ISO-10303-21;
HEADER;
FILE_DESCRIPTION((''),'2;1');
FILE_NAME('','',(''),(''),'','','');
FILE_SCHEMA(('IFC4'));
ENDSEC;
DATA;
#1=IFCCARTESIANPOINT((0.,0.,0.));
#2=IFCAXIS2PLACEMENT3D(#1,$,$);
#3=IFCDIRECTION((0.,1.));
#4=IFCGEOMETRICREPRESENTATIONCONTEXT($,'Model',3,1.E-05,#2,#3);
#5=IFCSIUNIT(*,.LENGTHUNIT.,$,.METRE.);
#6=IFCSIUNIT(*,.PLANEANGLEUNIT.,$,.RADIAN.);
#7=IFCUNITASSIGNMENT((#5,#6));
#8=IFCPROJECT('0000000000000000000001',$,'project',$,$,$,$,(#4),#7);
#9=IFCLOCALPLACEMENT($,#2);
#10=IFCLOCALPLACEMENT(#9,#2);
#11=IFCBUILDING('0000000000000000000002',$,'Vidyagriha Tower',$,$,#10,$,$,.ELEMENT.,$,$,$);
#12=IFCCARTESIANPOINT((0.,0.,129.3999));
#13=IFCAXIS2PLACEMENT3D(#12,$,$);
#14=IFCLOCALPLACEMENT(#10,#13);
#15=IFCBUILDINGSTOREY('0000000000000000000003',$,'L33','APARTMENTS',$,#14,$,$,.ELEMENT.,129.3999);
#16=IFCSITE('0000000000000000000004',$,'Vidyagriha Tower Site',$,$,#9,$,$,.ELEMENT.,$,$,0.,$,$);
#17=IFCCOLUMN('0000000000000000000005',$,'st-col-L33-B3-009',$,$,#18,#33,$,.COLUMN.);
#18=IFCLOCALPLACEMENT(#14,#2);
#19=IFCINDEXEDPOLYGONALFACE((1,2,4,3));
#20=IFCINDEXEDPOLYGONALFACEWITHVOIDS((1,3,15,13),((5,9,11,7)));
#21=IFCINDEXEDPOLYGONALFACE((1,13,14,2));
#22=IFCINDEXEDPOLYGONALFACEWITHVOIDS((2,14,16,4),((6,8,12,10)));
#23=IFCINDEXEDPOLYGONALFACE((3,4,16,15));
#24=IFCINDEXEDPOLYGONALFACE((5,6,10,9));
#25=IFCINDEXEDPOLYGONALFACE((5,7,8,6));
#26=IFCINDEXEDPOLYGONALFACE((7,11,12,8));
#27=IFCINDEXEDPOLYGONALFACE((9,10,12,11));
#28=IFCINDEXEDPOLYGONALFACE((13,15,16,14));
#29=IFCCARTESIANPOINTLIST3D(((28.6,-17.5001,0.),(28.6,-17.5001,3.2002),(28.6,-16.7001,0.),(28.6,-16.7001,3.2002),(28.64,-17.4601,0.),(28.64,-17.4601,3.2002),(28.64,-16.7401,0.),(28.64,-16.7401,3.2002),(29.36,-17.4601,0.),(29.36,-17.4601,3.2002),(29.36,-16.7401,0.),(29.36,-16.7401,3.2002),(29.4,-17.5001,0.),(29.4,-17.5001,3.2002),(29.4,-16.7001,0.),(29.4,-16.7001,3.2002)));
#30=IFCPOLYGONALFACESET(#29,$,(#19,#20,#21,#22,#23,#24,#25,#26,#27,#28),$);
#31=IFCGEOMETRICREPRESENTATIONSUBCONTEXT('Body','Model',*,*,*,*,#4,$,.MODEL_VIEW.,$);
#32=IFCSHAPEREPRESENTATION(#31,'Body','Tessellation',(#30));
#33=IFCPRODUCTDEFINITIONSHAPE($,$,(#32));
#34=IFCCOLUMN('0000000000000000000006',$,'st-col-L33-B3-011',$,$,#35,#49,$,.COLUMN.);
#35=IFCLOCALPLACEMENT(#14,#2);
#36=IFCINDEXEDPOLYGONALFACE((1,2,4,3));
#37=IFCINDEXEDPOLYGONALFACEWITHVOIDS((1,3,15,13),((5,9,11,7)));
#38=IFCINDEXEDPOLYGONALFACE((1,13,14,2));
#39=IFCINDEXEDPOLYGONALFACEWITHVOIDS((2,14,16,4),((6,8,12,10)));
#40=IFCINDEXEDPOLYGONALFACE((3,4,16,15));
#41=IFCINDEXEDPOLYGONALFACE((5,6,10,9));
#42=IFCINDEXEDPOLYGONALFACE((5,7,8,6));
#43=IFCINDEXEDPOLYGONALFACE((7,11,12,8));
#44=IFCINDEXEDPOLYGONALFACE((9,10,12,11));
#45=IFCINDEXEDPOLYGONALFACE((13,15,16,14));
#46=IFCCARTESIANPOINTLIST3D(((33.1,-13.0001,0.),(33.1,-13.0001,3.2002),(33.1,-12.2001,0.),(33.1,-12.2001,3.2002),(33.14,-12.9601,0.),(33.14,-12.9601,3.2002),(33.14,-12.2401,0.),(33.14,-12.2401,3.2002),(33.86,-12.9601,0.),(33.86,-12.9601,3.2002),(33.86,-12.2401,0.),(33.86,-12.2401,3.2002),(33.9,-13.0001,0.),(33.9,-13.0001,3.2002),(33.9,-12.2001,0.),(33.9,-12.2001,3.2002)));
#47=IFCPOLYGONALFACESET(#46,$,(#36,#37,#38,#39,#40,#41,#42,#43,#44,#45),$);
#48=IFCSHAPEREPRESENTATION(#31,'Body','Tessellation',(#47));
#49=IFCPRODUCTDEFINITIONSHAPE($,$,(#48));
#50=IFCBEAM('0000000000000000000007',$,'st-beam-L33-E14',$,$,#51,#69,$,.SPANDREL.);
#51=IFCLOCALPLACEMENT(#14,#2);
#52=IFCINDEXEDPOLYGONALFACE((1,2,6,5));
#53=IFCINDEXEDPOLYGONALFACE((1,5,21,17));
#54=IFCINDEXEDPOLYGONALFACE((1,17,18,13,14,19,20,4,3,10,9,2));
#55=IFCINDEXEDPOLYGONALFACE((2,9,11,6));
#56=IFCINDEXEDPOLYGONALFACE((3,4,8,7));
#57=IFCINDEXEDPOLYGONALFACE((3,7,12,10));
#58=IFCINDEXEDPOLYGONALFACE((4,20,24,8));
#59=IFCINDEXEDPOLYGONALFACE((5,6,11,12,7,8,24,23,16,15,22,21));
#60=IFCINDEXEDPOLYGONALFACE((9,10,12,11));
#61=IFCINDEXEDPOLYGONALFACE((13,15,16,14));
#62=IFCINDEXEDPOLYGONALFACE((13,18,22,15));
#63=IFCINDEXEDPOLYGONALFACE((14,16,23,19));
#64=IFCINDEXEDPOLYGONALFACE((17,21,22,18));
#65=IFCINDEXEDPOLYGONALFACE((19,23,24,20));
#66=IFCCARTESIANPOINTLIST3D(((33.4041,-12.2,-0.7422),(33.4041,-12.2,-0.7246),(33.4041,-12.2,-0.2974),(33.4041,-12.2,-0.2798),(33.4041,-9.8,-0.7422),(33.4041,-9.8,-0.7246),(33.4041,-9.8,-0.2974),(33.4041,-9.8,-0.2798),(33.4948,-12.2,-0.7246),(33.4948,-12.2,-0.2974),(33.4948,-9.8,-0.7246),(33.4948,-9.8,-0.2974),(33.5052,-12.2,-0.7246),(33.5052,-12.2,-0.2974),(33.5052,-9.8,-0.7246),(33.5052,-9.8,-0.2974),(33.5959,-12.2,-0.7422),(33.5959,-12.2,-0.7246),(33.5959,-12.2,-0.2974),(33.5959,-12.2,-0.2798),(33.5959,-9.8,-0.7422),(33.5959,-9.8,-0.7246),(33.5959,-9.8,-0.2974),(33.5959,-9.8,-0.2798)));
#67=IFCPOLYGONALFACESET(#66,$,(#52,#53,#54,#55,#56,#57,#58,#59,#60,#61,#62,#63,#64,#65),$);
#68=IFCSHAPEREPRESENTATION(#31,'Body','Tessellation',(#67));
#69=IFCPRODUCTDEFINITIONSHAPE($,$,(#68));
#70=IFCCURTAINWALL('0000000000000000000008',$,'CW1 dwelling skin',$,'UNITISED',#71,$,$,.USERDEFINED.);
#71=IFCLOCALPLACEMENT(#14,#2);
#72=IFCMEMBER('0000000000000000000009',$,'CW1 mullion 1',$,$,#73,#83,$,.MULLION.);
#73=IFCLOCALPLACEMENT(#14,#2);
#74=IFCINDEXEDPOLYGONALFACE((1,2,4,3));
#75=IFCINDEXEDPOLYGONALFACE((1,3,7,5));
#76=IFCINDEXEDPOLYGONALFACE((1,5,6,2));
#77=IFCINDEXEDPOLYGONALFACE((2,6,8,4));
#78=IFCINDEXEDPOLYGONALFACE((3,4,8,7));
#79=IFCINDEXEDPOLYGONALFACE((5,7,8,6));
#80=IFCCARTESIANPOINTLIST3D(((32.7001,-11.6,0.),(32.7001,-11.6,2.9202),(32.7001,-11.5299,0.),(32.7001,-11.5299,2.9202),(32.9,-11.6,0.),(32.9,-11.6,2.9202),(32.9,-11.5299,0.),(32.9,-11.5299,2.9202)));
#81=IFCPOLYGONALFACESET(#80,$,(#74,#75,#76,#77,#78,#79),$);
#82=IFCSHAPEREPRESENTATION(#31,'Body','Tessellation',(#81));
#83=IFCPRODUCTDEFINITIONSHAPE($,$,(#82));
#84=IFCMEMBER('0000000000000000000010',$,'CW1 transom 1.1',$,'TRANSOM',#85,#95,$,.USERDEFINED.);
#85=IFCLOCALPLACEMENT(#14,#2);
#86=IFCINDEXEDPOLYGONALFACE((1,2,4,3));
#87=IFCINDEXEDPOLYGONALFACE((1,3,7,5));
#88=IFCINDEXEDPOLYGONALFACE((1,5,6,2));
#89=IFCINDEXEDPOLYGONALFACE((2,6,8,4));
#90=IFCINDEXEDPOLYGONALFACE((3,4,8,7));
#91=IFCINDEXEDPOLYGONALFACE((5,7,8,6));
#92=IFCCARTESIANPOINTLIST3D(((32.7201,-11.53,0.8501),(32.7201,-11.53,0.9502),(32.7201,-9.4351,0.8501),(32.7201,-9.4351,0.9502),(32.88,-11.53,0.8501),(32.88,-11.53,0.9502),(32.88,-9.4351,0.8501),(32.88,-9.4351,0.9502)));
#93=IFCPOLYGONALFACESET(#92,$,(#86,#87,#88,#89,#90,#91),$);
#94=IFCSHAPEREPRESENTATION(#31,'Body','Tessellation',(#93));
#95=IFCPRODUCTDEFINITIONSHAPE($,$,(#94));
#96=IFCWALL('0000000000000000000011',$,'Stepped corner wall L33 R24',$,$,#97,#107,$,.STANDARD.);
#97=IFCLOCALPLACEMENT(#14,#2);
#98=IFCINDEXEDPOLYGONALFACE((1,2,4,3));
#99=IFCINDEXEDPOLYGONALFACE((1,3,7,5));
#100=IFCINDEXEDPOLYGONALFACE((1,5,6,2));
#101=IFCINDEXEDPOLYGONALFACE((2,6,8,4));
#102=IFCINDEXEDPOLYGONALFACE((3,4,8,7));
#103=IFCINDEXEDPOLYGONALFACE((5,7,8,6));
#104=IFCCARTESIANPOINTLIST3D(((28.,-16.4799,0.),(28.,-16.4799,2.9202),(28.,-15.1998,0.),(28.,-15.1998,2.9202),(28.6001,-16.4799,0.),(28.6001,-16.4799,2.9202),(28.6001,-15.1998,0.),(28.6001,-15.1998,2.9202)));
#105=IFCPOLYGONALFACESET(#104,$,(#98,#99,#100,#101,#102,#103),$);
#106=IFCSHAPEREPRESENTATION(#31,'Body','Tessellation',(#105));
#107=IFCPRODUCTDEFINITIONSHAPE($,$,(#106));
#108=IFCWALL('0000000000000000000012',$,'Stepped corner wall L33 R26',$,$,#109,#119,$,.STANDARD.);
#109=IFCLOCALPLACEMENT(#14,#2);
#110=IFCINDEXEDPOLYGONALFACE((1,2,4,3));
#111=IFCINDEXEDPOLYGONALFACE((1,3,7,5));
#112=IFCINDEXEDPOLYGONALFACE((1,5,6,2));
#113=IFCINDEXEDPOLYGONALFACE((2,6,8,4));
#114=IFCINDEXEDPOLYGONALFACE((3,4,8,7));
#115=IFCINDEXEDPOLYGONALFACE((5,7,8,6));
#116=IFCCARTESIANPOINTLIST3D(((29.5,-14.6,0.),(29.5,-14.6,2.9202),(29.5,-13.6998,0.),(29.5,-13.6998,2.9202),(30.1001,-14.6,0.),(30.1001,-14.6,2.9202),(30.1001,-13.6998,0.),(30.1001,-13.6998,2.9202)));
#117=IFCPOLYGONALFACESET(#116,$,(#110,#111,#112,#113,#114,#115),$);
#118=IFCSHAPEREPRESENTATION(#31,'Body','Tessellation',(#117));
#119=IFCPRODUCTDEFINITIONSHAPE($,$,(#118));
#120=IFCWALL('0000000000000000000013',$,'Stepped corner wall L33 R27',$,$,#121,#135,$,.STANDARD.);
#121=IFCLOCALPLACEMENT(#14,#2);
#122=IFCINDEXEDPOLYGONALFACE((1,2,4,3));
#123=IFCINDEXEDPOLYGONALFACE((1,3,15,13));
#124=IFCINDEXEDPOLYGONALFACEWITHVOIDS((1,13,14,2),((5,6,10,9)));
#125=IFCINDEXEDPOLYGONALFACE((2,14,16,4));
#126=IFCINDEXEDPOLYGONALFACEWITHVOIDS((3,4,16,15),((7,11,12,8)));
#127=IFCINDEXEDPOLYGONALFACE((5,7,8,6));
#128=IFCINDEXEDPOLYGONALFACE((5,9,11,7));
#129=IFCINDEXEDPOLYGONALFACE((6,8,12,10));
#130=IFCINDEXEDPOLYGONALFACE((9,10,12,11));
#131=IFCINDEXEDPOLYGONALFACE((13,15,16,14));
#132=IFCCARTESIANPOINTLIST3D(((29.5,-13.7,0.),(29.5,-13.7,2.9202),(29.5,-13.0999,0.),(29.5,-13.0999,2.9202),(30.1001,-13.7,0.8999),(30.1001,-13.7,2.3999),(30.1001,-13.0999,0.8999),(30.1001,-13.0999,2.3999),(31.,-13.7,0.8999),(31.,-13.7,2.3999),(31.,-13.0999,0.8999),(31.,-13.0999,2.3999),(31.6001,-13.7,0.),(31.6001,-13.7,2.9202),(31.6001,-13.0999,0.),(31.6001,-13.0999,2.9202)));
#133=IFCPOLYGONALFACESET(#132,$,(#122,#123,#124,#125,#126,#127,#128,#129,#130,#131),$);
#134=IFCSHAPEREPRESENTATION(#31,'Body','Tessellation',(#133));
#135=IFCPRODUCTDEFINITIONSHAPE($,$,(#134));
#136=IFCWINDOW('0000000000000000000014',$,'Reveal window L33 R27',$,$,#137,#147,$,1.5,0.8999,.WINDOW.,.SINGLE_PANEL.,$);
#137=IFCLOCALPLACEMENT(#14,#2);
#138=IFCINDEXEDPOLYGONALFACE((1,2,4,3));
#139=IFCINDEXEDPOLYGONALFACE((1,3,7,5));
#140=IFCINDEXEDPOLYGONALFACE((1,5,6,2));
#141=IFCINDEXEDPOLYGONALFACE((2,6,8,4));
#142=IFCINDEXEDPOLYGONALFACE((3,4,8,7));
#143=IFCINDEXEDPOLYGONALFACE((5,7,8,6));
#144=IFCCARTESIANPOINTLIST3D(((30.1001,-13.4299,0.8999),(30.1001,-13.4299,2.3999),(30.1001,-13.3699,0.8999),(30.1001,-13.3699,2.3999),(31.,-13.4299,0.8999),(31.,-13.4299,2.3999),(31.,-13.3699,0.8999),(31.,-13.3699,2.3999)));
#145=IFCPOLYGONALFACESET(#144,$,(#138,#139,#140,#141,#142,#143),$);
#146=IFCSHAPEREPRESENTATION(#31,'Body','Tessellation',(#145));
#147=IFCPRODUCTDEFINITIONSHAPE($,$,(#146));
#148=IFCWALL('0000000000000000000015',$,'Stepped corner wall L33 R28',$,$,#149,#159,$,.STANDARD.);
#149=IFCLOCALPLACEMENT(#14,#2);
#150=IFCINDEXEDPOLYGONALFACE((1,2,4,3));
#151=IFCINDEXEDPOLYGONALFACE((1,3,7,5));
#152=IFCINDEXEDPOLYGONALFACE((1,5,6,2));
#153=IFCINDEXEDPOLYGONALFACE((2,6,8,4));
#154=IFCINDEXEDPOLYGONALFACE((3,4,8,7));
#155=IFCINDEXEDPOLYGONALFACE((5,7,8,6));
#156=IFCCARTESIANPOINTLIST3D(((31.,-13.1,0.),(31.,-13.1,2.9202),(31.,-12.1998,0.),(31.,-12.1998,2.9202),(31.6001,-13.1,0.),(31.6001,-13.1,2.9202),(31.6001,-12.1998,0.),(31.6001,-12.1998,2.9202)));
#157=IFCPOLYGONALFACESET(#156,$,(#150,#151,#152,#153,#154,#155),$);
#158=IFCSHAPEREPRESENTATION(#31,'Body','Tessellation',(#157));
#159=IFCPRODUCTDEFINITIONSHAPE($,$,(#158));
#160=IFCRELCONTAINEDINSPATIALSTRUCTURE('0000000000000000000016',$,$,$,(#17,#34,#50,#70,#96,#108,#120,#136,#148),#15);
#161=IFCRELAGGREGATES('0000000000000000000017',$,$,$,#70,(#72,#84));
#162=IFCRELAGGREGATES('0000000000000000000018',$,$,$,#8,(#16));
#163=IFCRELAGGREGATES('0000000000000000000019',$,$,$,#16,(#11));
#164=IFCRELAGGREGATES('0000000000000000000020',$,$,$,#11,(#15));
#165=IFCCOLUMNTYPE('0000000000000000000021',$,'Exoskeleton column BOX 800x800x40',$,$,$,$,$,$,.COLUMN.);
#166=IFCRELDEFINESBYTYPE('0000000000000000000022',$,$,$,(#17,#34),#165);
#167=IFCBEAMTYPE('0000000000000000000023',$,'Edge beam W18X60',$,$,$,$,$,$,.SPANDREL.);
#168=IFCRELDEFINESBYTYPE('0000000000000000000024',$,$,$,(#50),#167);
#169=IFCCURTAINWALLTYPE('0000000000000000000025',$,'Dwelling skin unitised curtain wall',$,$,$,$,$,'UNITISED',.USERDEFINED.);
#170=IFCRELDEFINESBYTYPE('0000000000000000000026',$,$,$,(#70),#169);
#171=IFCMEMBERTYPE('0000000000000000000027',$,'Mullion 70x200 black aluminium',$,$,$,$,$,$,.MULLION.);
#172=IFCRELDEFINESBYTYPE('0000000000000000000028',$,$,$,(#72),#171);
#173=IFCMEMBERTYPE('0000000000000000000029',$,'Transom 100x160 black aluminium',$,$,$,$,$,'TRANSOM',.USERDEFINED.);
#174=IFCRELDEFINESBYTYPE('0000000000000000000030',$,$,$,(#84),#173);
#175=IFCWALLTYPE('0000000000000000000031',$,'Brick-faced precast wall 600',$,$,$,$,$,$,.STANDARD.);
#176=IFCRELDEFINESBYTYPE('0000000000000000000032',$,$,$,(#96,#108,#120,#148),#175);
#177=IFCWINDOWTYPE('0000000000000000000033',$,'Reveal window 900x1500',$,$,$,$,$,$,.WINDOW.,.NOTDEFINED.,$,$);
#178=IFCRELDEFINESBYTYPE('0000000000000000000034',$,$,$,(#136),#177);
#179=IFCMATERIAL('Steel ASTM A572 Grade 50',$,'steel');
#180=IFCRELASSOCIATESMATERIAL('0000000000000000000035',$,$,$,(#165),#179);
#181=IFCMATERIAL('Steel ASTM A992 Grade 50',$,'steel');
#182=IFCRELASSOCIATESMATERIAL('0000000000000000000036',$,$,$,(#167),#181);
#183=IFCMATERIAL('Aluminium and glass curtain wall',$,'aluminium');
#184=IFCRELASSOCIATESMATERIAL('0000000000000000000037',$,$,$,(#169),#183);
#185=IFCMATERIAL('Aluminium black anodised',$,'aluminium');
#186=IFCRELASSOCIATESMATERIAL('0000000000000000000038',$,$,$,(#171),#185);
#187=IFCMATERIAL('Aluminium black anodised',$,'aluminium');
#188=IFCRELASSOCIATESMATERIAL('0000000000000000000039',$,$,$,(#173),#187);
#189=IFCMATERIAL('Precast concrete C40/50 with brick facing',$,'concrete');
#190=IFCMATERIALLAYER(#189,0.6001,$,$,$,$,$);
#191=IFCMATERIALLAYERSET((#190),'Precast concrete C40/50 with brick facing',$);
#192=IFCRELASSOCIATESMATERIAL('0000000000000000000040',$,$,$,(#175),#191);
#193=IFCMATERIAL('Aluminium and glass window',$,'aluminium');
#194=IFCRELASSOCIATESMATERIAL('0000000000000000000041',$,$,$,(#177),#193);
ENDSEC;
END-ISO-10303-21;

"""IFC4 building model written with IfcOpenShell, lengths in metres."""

from ifc_helpers import new_model, si_unit, direction, frame, frame_2d, origin, origin_2d, place, context, subcontext, project, spatial, rectangle, hollow_rectangle, i_section, extrude, material, layer, layer_set, material_profile, profile_set, type_object, element, fill, aggregate, save


model = new_model("IFC4")

# Units and contexts
model_context = context("Model", 3, precision=1e-05, world=origin(), true_north=direction((0.0, 1.0)))
body_context = subcontext(model_context, "Body", "Model", "MODEL_VIEW")
ifc_project = project(units=[si_unit("LENGTHUNIT", "METRE"), si_unit("PLANEANGLEUNIT", "RADIAN")], contexts=[model_context])

# Site, building, storey
site_placement = place(None, origin())
site = spatial("IfcSite", under=ifc_project, at=site_placement, Name="Vidyagriha Tower Site", CompositionType="ELEMENT", RefElevation=0.0)
building_placement = place(site_placement, origin())
building = spatial("IfcBuilding", under=site, at=building_placement, Name="Vidyagriha Tower", CompositionType="ELEMENT")
storey_placement = place(building_placement, frame((0.0, 0.0, 129.3999)))
storey = spatial("IfcBuildingStorey", under=building, at=storey_placement, Name="L33", Description="APARTMENTS", CompositionType="ELEMENT", Elevation=129.3999)

# Columns
ifc_material_1 = material(Name="Steel ASTM A572 Grade 50", Category="steel")
ifc_material_profile_1 = material_profile(ifc_material_1, hollow_rectangle(XDim=0.8, YDim=0.8, WallThickness=0.04, at=origin_2d()), Name="BOX 800x800x40")
ifc_profile_set_1 = profile_set([ifc_material_profile_1], Name="Steel ASTM A572 Grade 50")
column_type = type_object("IfcColumnType", Name="Exoskeleton column BOX 800x800x40", PredefinedType="COLUMN", material=ifc_profile_set_1)
for number, where, name in (
    (1, (29.0, -17.1001, 0.0), "st-col-L33-B3-009"),
    (2, (33.5, -12.6001, 0.0), "st-col-L33-B3-011"),
):
    element("IfcColumn", number, at=place(storey_placement, frame(where)), inside=storey, type_object=column_type, Name=name, PredefinedType="COLUMN", context=body_context, shape_type="SweptSolid", body=[
        extrude(hollow_rectangle(XDim=0.8, YDim=0.8, WallThickness=0.04, at=origin_2d()), origin(), (0.0, 0.0, 1.0), 3.2002),
    ])

# Beam
ifc_material_2 = material(Name="Steel ASTM A992 Grade 50", Category="steel")
ifc_material_profile_2 = material_profile(ifc_material_2, i_section(OverallWidth=0.1919, OverallDepth=0.4624, WebThickness=0.0105, FlangeThickness=0.0176, at=origin_2d()), Name="W18X60")
ifc_profile_set_2 = profile_set([ifc_material_profile_2], Name="Steel ASTM A992 Grade 50")
beam_type = type_object("IfcBeamType", Name="Edge beam W18X60", PredefinedType="SPANDREL", material=ifc_profile_set_2)
beam_placement = place(storey_placement, frame((33.5, -12.2, -0.511), z_axis=(0.0, 1.0, 0.0), x_axis=(-1.0, 0.0, 0.0)))
element("IfcBeam", 3, at=beam_placement, inside=storey, type_object=beam_type, Name="st-beam-L33-E14", PredefinedType="SPANDREL", context=body_context, shape_type="SweptSolid", body=[
    extrude(i_section(OverallWidth=0.1919, OverallDepth=0.4624, WebThickness=0.0105, FlangeThickness=0.0176, at=origin_2d()), origin(), (0.0, 0.0, 1.0), 2.3999),
])

# Curtain wall, members
ifc_material_3 = material(Name="Aluminium and glass curtain wall", Category="aluminium")
curtain_wall_type = type_object("IfcCurtainWallType", Name="Dwelling skin unitised curtain wall", ElementType="UNITISED", PredefinedType="USERDEFINED", material=ifc_material_3)
curtain_wall_placement = place(storey_placement, origin())
curtain_wall = element("IfcCurtainWall", 4, at=curtain_wall_placement, inside=storey, type_object=curtain_wall_type, Name="CW1 dwelling skin", ObjectType="UNITISED", PredefinedType="USERDEFINED")
ifc_material_4 = material(Name="Aluminium black anodised", Category="aluminium")
ifc_material_profile_3 = material_profile(ifc_material_4, rectangle(XDim=0.2, YDim=0.0701, at=origin_2d()), Name="Mullion 70x200 black aluminium")
ifc_profile_set_3 = profile_set([ifc_material_profile_3], Name="Aluminium black anodised")
member_type_1 = type_object("IfcMemberType", Name="Mullion 70x200 black aluminium", PredefinedType="MULLION", material=ifc_profile_set_3)
member_1_placement = place(storey_placement, frame((32.8, -11.5649, 0.0), z_axis=(0.0, 0.0, 1.0), x_axis=(-1.0, 0.0, 0.0)))
member_1 = element("IfcMember", 5, at=member_1_placement, type_object=member_type_1, Name="CW1 mullion 1", PredefinedType="MULLION", context=body_context, shape_type="SweptSolid", body=[
    extrude(rectangle(XDim=0.2, YDim=0.0701, at=origin_2d()), origin(), (0.0, 0.0, 1.0), 2.9202),
])
ifc_material_5 = material(Name="Aluminium black anodised", Category="aluminium")
ifc_material_profile_4 = material_profile(ifc_material_5, rectangle(XDim=0.1599, YDim=0.1001, at=origin_2d()), Name="Transom 100x160 black aluminium")
ifc_profile_set_4 = profile_set([ifc_material_profile_4], Name="Aluminium black anodised")
member_type_2 = type_object("IfcMemberType", Name="Transom 100x160 black aluminium", ElementType="TRANSOM", PredefinedType="USERDEFINED", material=ifc_profile_set_4)
member_2_placement = place(storey_placement, frame((32.8, -11.53, 0.9001), z_axis=(0.0, 1.0, 0.0), x_axis=(-1.0, 0.0, 0.0)))
member_2 = element("IfcMember", 6, at=member_2_placement, type_object=member_type_2, Name="CW1 transom 1.1", ObjectType="TRANSOM", PredefinedType="USERDEFINED", context=body_context, shape_type="SweptSolid", body=[
    extrude(rectangle(XDim=0.1599, YDim=0.1001, at=origin_2d()), origin(), (0.0, 0.0, 1.0), 2.095),
])
aggregate(curtain_wall, [member_1, member_2])

# Walls
ifc_material_6 = material(Name="Precast concrete C40/50 with brick facing", Category="concrete")
ifc_layer_1 = layer(ifc_material_6, 0.6001)
ifc_layer_set_1 = layer_set([ifc_layer_1], Name="Precast concrete C40/50 with brick facing")
wall_type_1 = type_object("IfcWallType", Name="Brick-faced precast wall 600", PredefinedType="STANDARD", material=ifc_layer_set_1)
wall_1_placement = place(storey_placement, frame((28.3, -16.48, 0.0), z_axis=(0.0, 0.0, 1.0), x_axis=(0.0, 1.0, 0.0)))
element("IfcWall", 7, at=wall_1_placement, inside=storey, type_object=wall_type_1, Name="Stepped corner wall L33 R24", PredefinedType="STANDARD", context=body_context, shape_type="SweptSolid", body=[
    extrude(rectangle(XDim=1.28, YDim=0.6001, at=frame_2d((0.6401, 0.0))), origin(), (0.0, 0.0, 1.0), 2.9202),
])
wall_2_placement = place(storey_placement, frame((29.8, -14.6001, 0.0), z_axis=(0.0, 0.0, 1.0), x_axis=(0.0, 1.0, 0.0)))
element("IfcWall", 8, at=wall_2_placement, inside=storey, type_object=wall_type_1, Name="Stepped corner wall L33 R26", PredefinedType="STANDARD", context=body_context, shape_type="SweptSolid", body=[
    extrude(rectangle(XDim=0.9001, YDim=0.6001, at=frame_2d((0.4502, 0.0))), origin(), (0.0, 0.0, 1.0), 2.9202),
])

# Wall, opening, window
wall_3_placement = place(storey_placement, frame((29.5, -13.3999, 0.0)))
wall_3 = element("IfcWall", 9, at=wall_3_placement, inside=storey, type_object=wall_type_1, Name="Stepped corner wall L33 R27", PredefinedType="STANDARD", context=body_context, shape_type="SweptSolid", body=[
    extrude(rectangle(XDim=2.1001, YDim=0.6001, at=frame_2d((1.05, 0.0))), origin(), (0.0, 0.0, 1.0), 2.9202),
])
opening_1_placement = place(wall_3_placement, frame((0.6001, 0.0, 0.8999)))
opening_1 = element("IfcOpeningElement", 10, at=opening_1_placement, cuts=wall_3, PredefinedType="OPENING", context=body_context, shape_type="SweptSolid", body=[
    extrude(rectangle(XDim=0.8999, YDim=1.5, at=frame_2d((0.45, 0.75))), frame((0.0, 0.3101, 0.0), z_axis=(0.0, -1.0, 0.0), x_axis=(1.0, 0.0, 0.0)), (0.0, 0.0, 1.0), 0.6201),
])
ifc_material_7 = material(Name="Aluminium and glass window", Category="aluminium")
window_type = type_object("IfcWindowType", Name="Reveal window 900x1500", PartitioningType="NOTDEFINED", PredefinedType="WINDOW", material=ifc_material_7)
window_1_placement = place(opening_1_placement, origin())
window_1 = element("IfcWindow", 11, at=window_1_placement, inside=storey, type_object=window_type, Name="Reveal window L33 R27", OverallHeight=1.5, OverallWidth=0.8999, PartitioningType="SINGLE_PANEL", PredefinedType="WINDOW", context=body_context, shape_type="SweptSolid", body=[
    extrude(rectangle(XDim=0.8999, YDim=1.5, at=frame_2d((0.45, 0.75))), frame((0.0, 0.03, 0.0), z_axis=(0.0, -1.0, 0.0), x_axis=(1.0, 0.0, 0.0)), (0.0, 0.0, 1.0), 0.0601),
])
fill(opening_1, window_1)

# Wall
wall_4_placement = place(storey_placement, frame((31.3, -13.1001, 0.0), z_axis=(0.0, 0.0, 1.0), x_axis=(0.0, 1.0, 0.0)))
element("IfcWall", 12, at=wall_4_placement, inside=storey, type_object=wall_type_1, Name="Stepped corner wall L33 R28", PredefinedType="STANDARD", context=body_context, shape_type="SweptSolid", body=[
    extrude(rectangle(XDim=0.9001, YDim=0.6001, at=frame_2d((0.4502, 0.0))), origin(), (0.0, 0.0, 1.0), 2.9202),
])

save(model, "model.ifc")
